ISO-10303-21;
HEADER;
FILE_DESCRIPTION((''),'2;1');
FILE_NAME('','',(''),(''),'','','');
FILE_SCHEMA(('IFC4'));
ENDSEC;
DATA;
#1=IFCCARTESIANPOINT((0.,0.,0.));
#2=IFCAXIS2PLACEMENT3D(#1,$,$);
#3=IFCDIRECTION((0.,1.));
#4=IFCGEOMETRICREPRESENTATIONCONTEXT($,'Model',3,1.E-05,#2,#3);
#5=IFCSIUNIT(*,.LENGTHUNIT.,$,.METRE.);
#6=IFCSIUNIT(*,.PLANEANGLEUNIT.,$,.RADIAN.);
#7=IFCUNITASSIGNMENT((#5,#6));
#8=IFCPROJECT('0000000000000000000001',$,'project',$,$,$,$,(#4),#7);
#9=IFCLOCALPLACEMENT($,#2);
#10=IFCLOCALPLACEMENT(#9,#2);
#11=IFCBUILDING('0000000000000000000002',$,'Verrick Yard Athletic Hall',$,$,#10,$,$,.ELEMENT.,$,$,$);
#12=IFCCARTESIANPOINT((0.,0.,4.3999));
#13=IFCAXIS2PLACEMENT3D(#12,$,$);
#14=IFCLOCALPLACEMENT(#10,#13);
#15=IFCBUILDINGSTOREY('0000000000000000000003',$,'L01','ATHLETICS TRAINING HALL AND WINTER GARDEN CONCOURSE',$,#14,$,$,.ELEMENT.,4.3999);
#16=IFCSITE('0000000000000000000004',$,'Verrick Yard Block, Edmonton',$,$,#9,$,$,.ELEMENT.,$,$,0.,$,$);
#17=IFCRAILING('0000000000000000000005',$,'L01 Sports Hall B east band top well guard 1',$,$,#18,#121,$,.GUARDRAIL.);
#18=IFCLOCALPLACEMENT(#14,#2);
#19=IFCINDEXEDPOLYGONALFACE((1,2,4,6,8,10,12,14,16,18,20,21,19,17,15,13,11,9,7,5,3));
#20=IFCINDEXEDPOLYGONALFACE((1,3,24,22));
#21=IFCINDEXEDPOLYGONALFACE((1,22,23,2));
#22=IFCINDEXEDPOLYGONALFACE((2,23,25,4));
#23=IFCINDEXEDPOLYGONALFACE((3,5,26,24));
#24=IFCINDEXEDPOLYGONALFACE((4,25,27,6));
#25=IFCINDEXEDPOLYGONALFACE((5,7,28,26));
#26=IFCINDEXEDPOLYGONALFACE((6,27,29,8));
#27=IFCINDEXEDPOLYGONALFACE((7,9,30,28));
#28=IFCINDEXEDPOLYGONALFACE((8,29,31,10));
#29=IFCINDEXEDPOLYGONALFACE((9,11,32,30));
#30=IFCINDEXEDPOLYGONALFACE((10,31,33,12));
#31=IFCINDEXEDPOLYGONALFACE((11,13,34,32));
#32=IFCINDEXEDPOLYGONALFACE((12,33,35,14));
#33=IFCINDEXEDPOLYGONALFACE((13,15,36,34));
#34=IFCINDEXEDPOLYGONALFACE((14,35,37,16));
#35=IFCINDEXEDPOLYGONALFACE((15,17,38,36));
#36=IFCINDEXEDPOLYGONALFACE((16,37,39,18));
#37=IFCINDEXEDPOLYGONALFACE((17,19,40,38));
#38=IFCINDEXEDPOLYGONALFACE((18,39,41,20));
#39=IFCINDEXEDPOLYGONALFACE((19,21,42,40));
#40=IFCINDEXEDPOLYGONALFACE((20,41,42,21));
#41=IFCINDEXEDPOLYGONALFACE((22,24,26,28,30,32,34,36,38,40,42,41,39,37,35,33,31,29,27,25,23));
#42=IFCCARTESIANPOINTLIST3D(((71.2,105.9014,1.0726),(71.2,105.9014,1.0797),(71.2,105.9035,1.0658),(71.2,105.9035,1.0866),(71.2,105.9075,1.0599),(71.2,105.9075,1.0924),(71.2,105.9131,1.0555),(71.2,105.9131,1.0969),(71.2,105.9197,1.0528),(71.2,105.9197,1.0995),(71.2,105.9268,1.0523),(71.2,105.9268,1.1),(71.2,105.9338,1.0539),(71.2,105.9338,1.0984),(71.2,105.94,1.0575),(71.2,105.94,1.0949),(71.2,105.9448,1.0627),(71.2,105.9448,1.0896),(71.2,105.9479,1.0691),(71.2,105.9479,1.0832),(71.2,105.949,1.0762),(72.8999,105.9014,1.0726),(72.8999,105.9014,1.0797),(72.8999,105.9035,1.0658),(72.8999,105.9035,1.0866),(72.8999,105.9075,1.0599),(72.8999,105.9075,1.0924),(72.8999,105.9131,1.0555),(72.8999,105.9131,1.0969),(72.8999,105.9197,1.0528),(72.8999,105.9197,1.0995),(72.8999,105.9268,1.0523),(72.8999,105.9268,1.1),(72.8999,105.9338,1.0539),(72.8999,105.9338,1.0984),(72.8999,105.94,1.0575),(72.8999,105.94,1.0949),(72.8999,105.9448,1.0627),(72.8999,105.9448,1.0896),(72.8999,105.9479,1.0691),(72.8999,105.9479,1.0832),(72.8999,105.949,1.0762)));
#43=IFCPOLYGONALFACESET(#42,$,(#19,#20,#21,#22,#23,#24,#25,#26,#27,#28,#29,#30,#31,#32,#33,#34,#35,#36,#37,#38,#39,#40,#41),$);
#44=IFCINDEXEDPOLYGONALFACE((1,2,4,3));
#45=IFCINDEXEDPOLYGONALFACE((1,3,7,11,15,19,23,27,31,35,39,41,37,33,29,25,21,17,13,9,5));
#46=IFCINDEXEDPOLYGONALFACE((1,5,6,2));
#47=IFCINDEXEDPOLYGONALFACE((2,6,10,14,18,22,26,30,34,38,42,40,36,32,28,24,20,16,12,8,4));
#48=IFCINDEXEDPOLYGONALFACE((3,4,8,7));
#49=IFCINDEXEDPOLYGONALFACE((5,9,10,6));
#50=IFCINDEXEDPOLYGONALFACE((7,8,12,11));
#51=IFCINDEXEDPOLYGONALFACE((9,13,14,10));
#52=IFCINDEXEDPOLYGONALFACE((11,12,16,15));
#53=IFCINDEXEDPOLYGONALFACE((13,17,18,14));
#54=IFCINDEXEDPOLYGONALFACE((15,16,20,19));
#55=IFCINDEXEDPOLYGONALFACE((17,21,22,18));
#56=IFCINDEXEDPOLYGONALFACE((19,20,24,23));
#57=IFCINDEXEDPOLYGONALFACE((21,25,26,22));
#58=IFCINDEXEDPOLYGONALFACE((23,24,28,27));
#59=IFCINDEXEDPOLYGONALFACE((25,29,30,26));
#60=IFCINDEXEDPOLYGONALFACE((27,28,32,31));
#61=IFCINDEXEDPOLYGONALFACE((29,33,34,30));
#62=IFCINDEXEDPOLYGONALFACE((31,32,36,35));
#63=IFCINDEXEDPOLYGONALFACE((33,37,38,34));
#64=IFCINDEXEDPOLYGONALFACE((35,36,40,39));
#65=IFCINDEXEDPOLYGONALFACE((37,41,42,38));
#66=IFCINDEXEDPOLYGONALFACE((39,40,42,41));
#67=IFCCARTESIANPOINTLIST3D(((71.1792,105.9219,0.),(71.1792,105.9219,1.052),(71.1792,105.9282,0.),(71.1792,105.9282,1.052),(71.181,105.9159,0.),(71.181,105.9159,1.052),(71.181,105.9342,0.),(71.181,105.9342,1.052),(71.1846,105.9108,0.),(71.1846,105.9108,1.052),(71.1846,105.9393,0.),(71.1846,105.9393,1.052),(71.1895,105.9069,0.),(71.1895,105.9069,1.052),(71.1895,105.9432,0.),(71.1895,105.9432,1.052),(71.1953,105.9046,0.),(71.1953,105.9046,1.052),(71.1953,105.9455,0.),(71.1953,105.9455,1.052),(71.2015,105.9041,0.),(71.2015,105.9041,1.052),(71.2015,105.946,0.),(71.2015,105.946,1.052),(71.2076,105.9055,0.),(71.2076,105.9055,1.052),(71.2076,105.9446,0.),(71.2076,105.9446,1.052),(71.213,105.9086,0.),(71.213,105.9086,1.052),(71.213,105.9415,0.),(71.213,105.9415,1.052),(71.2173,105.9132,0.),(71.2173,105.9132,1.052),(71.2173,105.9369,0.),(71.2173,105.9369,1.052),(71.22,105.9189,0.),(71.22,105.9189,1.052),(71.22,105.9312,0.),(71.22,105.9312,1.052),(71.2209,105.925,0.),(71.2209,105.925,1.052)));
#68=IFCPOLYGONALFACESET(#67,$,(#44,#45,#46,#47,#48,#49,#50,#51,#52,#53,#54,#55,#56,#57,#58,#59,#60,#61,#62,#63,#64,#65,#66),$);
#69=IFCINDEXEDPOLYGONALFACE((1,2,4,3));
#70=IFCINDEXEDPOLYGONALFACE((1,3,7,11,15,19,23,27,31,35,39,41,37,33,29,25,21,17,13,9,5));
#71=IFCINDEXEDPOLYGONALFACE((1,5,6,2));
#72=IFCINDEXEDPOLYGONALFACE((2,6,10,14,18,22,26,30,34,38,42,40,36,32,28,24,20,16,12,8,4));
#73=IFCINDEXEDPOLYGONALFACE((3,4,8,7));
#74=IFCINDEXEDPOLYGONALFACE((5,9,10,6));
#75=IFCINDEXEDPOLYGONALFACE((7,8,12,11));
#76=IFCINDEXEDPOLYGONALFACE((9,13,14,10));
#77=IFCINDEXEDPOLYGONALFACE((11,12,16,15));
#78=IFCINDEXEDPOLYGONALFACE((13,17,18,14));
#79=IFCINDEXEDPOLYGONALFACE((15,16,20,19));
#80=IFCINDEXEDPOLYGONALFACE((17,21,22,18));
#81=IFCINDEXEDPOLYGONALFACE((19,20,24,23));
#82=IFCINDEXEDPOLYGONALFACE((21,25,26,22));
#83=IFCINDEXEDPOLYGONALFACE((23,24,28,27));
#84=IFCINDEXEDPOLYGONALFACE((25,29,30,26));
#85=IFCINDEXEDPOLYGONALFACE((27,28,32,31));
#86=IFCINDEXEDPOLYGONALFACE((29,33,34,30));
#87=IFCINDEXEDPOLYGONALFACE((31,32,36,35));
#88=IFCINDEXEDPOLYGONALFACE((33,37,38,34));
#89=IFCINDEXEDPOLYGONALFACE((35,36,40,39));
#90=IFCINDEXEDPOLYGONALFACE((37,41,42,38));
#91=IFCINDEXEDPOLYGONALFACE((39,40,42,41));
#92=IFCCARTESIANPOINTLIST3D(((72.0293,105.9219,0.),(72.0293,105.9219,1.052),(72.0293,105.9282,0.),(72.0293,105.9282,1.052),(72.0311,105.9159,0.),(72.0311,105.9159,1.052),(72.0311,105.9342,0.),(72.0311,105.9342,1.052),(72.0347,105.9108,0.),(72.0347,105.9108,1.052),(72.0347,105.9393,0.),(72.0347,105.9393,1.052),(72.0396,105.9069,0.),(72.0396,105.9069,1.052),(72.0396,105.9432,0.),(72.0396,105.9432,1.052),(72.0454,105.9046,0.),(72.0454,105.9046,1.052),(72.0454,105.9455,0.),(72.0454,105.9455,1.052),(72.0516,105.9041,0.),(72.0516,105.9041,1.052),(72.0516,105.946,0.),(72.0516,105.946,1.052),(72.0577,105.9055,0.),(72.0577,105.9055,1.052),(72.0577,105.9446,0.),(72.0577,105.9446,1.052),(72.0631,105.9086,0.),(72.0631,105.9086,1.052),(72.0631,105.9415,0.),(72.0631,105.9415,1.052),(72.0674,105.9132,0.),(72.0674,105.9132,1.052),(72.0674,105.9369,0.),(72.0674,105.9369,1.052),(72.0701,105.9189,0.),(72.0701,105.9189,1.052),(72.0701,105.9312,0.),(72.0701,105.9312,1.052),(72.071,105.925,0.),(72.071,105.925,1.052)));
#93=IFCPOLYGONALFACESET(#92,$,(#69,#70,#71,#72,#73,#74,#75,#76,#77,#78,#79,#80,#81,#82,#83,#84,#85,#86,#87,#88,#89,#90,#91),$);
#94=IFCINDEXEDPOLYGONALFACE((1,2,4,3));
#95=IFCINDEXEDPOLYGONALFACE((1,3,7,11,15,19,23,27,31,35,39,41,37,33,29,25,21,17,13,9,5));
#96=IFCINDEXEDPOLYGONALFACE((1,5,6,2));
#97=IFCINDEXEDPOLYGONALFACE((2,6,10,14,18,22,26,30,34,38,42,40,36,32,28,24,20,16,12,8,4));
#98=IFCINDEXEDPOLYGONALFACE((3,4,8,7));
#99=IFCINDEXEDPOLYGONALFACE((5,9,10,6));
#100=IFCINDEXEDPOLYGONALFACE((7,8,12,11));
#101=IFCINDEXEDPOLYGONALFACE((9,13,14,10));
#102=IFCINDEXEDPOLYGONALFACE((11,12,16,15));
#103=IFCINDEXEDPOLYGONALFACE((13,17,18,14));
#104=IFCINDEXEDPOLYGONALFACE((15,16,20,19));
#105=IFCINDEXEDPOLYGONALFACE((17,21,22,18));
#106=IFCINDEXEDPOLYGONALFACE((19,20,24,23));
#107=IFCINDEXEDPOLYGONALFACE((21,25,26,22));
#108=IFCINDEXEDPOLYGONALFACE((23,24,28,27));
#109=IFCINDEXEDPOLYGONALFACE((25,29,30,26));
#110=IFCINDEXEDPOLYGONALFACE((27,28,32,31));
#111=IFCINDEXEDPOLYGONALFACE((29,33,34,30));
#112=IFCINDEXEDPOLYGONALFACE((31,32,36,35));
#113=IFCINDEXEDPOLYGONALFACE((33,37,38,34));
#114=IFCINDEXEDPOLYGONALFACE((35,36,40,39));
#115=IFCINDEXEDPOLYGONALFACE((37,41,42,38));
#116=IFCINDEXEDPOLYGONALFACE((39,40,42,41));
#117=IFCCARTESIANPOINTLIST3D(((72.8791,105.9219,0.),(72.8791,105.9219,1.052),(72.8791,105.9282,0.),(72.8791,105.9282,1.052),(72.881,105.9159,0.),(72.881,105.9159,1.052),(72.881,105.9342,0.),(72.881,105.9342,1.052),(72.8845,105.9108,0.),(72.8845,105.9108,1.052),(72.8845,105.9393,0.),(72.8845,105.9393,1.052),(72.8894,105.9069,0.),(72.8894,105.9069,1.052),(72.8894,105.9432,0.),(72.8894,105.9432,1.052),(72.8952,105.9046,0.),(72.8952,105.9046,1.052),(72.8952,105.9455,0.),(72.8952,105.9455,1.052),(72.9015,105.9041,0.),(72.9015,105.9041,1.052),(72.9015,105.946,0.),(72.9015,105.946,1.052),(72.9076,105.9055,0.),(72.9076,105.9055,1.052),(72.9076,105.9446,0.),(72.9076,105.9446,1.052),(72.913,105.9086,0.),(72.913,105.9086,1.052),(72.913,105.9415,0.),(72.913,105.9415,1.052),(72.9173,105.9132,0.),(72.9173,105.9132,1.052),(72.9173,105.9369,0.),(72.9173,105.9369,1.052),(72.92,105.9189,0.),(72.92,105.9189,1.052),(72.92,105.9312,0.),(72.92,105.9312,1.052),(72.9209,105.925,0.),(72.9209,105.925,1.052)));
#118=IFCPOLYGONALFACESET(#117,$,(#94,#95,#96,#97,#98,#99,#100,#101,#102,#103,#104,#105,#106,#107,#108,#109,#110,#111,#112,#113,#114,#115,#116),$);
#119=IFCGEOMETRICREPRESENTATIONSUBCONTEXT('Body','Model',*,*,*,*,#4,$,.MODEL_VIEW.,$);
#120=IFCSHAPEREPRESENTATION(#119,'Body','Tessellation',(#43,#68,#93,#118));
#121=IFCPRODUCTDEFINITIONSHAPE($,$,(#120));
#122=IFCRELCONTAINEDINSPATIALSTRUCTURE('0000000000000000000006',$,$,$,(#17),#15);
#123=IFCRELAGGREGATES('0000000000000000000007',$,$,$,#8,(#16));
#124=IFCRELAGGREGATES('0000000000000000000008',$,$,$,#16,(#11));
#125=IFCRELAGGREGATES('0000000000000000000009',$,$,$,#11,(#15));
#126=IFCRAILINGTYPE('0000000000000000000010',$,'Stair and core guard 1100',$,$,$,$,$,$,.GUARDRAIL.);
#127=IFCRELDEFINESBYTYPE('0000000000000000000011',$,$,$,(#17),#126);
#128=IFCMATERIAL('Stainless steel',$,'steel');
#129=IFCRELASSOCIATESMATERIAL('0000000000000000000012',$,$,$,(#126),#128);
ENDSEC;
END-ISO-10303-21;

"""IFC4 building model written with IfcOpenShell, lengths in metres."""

from ifc_helpers import new_model, si_unit, direction, frame, origin, origin_2d, place, context, subcontext, project, spatial, circle, extrude, material, type_object, element, save


model = new_model("IFC4")

# Units and contexts
model_context = context("Model", 3, precision=1e-05, world=origin(), true_north=direction((0.0, 1.0)))
body_context = subcontext(model_context, "Body", "Model", "MODEL_VIEW")
ifc_project = project(units=[si_unit("LENGTHUNIT", "METRE"), si_unit("PLANEANGLEUNIT", "RADIAN")], contexts=[model_context])

# Site, building, storey
site_placement = place(None, origin())
site = spatial("IfcSite", under=ifc_project, at=site_placement, Name="Verrick Yard Block, Edmonton", CompositionType="ELEMENT", RefElevation=0.0)
building_placement = place(site_placement, origin())
building = spatial("IfcBuilding", under=site, at=building_placement, Name="Verrick Yard Athletic Hall", CompositionType="ELEMENT")
storey_placement = place(building_placement, frame((0.0, 0.0, 4.3999)))
storey = spatial("IfcBuildingStorey", under=building, at=storey_placement, Name="L01", Description="ATHLETICS TRAINING HALL AND WINTER GARDEN CONCOURSE", CompositionType="ELEMENT", Elevation=4.3999)

# Railing
ifc_material_1 = material(Name="Stainless steel", Category="steel")
railing_type = type_object("IfcRailingType", Name="Stair and core guard 1100", PredefinedType="GUARDRAIL", material=ifc_material_1)
railing_placement = place(storey_placement, frame((71.2, 105.925, 0.0)))
element("IfcRailing", 1, at=railing_placement, inside=storey, type_object=railing_type, Name="L01 Sports Hall B east band top well guard 1", PredefinedType="GUARDRAIL", context=body_context, shape_type="SweptSolid", body=[
    extrude(circle(Radius=0.0239, at=origin_2d()), frame((0.0, 0.0, 1.0762), z_axis=(1.0, 0.0, 0.0), x_axis=(0.0, 1.0, 0.0)), (0.0, 0.0, 1.0), 1.7),
    extrude(circle(Radius=0.021, at=origin_2d()), origin(), (0.0, 0.0, 1.0), 1.052),
    extrude(circle(Radius=0.021, at=origin_2d()), frame((0.8501, 0.0, 0.0)), (0.0, 0.0, 1.0), 1.052),
    extrude(circle(Radius=0.021, at=origin_2d()), frame((1.7, 0.0, 0.0)), (0.0, 0.0, 1.0), 1.052),
])

save(model, "model.ifc")
